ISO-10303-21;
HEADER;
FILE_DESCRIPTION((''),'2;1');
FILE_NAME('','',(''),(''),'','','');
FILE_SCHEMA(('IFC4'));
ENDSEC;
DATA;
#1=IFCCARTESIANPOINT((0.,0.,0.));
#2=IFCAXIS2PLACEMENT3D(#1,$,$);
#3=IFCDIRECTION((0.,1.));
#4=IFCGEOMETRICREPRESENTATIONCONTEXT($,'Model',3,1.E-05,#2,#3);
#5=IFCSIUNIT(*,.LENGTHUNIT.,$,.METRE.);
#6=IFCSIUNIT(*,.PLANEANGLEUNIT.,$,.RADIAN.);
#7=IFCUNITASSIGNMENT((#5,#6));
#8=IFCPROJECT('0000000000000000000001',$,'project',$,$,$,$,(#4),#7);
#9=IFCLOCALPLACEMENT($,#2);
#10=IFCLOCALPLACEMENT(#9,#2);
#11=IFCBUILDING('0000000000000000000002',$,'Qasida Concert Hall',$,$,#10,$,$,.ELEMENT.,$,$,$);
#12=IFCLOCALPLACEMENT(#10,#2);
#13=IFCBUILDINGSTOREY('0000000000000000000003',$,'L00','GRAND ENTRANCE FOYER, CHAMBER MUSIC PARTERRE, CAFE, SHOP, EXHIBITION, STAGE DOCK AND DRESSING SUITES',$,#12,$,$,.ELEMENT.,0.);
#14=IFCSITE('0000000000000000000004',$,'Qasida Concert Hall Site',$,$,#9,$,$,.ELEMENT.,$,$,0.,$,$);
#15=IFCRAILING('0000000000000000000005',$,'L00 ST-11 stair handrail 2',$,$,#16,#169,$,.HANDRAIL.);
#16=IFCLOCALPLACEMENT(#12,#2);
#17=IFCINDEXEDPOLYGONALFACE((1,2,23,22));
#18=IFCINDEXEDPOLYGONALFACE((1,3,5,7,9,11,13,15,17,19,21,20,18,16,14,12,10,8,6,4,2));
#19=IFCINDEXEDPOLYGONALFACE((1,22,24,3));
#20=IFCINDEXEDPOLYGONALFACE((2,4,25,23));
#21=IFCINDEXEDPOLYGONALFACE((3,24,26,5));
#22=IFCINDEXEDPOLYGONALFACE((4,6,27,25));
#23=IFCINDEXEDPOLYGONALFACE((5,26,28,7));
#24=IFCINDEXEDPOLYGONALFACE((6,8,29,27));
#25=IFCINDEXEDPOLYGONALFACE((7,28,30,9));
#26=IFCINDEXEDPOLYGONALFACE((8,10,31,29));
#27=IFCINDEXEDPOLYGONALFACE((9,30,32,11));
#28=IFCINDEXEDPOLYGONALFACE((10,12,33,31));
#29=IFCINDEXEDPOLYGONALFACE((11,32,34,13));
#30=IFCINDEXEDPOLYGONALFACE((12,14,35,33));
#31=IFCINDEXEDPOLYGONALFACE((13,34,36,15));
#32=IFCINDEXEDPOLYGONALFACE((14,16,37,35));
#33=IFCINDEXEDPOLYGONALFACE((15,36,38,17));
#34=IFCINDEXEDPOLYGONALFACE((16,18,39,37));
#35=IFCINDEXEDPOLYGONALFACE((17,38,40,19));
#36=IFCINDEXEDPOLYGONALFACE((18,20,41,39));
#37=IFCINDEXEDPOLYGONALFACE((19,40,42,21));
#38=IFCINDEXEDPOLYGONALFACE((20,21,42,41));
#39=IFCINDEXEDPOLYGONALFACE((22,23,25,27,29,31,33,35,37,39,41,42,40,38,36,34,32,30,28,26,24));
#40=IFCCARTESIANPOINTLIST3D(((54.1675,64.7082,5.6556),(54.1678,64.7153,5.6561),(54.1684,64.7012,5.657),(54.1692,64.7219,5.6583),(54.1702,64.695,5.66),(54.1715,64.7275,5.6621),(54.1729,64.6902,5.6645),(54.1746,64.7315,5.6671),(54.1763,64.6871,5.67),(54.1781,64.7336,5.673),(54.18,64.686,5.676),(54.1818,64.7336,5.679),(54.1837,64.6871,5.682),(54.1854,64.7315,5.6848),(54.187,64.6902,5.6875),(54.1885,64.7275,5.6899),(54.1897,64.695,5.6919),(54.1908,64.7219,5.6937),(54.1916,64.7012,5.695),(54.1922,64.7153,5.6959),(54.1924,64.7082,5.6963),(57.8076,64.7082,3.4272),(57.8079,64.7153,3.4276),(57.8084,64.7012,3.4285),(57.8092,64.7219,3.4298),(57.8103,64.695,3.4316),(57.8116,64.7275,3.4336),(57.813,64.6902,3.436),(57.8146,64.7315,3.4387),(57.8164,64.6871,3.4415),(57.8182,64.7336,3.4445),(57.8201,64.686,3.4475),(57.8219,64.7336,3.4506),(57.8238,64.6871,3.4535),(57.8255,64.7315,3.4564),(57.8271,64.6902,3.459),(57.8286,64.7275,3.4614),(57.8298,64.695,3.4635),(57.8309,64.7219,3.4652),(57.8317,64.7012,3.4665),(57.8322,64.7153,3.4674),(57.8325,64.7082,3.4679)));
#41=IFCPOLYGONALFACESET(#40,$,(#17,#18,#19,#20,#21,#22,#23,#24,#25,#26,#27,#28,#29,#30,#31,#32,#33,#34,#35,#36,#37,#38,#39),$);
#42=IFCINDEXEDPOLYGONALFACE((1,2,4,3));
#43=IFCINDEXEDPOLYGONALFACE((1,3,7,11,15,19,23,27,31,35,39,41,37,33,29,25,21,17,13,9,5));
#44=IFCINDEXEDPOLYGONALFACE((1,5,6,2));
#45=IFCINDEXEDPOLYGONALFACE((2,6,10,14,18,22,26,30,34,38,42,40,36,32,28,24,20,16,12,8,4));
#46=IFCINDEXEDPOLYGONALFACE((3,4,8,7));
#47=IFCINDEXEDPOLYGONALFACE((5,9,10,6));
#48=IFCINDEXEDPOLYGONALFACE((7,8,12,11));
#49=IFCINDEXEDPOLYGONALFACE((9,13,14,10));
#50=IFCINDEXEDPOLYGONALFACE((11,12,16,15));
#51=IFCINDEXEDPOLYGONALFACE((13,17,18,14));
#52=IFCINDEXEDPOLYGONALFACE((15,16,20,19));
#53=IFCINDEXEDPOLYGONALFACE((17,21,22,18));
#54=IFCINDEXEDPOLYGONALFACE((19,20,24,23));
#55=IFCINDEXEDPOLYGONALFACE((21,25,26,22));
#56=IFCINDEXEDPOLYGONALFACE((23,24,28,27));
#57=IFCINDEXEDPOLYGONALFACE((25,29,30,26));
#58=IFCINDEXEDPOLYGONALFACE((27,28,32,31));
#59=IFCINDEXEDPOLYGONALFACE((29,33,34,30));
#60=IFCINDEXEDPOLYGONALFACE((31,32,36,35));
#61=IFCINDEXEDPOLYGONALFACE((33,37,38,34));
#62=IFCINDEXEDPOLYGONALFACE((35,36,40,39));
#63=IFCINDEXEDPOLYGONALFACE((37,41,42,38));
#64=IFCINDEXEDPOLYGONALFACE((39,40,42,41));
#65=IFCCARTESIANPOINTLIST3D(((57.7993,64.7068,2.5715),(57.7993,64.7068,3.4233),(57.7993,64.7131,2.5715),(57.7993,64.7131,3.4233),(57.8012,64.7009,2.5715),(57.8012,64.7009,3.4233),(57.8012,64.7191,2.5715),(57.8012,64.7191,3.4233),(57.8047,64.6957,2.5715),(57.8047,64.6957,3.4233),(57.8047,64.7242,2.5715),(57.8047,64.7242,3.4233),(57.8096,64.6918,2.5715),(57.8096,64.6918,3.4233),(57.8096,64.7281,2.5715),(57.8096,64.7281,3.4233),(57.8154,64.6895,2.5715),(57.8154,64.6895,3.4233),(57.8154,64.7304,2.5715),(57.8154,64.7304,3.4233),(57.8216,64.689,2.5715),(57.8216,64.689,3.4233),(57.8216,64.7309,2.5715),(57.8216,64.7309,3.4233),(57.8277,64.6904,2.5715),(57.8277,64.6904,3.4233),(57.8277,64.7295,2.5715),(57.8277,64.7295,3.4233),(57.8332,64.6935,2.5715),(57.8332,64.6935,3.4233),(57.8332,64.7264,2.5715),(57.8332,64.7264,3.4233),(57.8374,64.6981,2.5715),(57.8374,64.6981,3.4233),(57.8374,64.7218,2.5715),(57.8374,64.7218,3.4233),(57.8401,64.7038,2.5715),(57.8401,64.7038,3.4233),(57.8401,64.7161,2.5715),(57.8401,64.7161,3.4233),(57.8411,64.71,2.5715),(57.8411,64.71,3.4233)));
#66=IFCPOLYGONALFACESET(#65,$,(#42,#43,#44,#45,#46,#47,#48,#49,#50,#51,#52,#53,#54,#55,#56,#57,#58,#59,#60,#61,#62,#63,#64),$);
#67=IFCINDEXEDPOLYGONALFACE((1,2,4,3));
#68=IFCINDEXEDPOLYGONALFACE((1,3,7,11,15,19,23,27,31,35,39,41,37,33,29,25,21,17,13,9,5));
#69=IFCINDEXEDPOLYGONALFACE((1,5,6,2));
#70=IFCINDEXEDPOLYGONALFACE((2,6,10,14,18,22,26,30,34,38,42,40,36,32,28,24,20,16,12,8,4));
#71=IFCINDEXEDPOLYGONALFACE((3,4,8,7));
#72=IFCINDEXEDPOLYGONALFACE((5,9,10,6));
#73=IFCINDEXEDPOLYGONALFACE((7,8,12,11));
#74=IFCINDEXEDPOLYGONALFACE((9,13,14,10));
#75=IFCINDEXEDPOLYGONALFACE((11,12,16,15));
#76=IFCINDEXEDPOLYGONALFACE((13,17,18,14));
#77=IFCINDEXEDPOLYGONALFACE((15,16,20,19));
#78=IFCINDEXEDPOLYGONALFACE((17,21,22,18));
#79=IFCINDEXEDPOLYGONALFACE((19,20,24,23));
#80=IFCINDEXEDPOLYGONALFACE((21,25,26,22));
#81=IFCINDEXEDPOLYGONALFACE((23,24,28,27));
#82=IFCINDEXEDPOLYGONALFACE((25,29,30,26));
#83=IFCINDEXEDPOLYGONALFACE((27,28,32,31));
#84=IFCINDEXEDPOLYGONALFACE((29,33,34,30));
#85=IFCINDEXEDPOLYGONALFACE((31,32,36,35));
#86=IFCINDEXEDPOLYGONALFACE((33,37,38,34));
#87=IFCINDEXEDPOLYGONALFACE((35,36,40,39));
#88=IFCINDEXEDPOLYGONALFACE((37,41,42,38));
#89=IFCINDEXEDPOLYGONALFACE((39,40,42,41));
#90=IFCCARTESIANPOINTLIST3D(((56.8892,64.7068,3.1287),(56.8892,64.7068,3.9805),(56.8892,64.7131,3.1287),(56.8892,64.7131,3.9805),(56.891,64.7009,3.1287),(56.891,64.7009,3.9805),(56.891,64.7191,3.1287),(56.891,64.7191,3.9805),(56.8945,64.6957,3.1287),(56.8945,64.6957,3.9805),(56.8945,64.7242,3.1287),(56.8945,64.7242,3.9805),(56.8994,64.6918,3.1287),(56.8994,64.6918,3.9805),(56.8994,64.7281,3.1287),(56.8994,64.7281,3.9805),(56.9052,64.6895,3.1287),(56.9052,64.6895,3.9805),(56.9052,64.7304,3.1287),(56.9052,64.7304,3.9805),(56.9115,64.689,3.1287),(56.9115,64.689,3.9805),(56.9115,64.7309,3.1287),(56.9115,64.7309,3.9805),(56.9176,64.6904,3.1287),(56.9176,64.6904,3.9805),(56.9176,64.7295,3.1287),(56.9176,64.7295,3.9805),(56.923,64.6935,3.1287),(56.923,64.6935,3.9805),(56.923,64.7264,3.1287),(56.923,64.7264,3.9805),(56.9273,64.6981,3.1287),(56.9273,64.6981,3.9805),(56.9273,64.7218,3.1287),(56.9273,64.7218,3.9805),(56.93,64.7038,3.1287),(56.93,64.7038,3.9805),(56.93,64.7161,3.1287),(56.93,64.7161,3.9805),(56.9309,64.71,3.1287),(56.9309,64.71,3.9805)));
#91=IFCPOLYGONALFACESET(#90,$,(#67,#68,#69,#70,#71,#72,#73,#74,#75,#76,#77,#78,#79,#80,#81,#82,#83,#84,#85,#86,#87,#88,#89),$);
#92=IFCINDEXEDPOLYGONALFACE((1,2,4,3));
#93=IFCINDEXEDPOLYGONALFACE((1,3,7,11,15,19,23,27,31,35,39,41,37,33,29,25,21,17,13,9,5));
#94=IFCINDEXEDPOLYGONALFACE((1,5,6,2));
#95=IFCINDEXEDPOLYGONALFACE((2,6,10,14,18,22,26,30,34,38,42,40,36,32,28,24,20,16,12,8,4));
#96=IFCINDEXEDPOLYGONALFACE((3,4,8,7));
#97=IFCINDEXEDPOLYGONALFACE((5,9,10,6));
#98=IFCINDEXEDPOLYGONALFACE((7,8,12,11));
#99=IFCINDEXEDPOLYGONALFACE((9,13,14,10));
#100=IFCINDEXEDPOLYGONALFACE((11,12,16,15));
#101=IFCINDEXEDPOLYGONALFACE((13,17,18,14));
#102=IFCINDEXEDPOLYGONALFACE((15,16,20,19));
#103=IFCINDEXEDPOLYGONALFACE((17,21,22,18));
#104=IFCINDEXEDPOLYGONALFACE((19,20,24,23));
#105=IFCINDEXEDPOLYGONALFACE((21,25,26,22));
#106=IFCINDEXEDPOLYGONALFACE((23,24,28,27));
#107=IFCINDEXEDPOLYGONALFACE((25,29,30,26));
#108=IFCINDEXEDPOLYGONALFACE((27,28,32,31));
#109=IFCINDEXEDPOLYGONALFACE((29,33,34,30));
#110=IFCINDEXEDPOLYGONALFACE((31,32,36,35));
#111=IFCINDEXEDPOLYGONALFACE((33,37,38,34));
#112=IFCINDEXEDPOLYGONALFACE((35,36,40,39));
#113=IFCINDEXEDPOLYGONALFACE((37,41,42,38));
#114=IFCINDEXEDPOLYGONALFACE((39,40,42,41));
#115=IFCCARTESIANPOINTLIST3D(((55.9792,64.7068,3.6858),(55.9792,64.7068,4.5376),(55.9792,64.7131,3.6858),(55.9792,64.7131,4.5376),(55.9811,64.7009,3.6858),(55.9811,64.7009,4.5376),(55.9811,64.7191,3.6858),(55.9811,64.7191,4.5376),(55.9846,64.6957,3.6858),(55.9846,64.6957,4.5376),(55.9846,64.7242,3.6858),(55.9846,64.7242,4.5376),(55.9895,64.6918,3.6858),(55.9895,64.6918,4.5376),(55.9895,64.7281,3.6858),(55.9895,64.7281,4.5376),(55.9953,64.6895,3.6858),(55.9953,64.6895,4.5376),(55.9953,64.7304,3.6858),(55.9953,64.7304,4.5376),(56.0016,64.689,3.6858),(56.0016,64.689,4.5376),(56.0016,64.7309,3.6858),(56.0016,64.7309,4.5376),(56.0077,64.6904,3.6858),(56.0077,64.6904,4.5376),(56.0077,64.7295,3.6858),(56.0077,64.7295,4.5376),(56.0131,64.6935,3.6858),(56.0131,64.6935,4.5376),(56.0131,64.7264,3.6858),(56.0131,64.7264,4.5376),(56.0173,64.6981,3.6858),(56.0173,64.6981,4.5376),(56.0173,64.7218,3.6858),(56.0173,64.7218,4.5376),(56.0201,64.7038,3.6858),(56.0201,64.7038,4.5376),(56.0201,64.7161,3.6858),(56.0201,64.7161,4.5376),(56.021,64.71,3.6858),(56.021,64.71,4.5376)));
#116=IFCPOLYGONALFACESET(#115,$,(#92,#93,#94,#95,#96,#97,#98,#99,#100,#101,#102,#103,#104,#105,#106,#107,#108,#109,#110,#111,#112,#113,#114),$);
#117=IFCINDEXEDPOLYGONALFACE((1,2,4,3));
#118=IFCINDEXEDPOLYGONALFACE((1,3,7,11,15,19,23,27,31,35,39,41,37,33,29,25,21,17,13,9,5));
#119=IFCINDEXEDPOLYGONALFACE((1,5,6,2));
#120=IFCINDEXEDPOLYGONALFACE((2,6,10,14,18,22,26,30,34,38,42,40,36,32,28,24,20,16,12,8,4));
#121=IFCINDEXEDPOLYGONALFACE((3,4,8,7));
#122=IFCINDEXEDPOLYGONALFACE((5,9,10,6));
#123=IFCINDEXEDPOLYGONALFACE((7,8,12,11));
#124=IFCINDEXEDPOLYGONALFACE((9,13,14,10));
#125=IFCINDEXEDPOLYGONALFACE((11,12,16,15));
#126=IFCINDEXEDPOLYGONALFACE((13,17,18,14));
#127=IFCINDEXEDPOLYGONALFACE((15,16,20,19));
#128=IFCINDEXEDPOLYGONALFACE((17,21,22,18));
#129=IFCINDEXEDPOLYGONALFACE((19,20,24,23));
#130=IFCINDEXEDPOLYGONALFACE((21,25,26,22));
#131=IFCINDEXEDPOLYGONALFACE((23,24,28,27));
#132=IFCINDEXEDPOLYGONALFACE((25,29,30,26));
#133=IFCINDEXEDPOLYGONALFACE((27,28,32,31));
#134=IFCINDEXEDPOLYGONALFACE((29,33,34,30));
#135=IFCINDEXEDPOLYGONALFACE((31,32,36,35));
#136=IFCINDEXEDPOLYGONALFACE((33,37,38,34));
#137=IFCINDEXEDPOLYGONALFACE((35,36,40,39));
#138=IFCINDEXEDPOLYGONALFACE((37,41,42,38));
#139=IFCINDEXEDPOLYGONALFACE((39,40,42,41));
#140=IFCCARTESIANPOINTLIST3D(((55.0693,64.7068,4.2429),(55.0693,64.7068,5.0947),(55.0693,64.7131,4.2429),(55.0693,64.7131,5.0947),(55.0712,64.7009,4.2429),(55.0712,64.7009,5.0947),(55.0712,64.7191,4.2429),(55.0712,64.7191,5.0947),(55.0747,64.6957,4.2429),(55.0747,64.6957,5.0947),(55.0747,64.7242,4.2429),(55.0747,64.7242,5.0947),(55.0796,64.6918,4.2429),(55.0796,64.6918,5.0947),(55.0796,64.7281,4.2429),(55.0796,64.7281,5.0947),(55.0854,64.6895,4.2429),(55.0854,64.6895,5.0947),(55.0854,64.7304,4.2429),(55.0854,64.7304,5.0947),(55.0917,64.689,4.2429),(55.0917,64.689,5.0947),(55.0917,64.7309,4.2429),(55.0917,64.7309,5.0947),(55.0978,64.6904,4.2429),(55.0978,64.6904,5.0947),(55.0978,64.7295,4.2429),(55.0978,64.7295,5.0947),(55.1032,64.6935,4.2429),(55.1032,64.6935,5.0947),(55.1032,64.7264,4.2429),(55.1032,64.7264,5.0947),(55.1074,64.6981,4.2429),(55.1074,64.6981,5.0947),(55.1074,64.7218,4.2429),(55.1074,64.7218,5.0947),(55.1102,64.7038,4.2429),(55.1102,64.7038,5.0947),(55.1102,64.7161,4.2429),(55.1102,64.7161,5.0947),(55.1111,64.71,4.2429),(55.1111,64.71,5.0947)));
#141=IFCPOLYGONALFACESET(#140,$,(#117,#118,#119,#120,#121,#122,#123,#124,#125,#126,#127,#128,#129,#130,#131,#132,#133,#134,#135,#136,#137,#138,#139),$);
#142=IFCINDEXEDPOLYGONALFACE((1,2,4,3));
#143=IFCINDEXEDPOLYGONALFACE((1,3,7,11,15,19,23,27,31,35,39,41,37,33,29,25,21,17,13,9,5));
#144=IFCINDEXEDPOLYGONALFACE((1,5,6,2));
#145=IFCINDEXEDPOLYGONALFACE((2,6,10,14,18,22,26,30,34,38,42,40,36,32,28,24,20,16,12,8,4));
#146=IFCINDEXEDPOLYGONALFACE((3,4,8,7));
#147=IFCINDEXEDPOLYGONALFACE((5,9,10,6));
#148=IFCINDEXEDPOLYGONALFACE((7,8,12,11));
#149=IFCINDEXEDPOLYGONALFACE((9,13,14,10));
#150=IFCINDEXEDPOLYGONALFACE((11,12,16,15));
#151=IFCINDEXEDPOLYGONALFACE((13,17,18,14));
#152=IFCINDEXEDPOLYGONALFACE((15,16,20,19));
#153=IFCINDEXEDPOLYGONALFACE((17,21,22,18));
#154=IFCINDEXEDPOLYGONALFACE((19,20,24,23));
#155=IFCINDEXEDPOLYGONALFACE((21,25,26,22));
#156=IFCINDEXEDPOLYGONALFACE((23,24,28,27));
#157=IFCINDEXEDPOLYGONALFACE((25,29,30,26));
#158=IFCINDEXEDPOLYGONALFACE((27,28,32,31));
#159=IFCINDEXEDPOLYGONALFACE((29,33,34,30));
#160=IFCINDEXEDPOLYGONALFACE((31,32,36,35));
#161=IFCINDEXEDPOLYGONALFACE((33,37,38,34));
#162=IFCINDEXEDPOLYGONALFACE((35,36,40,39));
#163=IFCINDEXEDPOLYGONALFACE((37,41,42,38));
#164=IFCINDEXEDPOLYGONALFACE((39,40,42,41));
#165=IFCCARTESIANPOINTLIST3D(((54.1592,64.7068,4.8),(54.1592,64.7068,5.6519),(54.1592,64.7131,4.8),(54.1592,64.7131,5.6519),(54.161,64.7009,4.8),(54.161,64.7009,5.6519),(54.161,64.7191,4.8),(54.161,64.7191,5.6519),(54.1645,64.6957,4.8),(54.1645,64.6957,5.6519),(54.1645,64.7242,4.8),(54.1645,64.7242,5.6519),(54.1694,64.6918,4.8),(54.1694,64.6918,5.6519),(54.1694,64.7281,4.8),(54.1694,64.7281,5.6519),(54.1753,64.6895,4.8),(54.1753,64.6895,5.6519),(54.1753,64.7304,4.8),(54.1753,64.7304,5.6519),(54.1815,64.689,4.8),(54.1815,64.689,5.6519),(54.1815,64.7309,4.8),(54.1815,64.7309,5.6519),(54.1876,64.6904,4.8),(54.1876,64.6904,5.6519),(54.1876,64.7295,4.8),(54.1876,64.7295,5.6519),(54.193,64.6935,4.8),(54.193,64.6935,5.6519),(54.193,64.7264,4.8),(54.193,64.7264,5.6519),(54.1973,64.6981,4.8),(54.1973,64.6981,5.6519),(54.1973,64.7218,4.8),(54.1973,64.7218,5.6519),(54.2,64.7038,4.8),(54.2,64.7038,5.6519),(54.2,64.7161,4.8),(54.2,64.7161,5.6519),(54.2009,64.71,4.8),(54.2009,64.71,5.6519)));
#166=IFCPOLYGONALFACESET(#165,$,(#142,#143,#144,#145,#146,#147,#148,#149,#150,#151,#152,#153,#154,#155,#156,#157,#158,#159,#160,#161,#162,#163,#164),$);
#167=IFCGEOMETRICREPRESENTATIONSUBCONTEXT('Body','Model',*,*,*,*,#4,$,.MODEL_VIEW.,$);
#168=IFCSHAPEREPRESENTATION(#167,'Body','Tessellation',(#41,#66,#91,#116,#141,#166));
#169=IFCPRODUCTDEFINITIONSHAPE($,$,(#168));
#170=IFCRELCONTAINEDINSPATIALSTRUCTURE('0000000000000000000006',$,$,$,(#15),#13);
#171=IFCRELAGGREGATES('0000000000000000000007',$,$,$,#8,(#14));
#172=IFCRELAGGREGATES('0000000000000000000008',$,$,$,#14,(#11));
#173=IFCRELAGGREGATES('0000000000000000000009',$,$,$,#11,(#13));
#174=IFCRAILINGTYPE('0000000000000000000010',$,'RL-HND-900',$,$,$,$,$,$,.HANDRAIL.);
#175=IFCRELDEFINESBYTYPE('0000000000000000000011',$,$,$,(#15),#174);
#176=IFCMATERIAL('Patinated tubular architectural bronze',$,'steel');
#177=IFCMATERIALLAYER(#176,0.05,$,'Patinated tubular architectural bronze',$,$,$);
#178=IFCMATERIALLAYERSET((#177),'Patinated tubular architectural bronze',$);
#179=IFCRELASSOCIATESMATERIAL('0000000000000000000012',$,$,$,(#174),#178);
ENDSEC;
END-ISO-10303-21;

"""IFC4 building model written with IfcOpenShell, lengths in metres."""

from ifc_helpers import new_model, si_unit, direction, frame, origin, origin_2d, place, context, subcontext, project, spatial, circle, extrude, material, layer, layer_set, type_object, element, save


model = new_model("IFC4")

# Units and contexts
model_context = context("Model", 3, precision=1e-05, world=origin(), true_north=direction((0.0, 1.0)))
body_context = subcontext(model_context, "Body", "Model", "MODEL_VIEW")
ifc_project = project(units=[si_unit("LENGTHUNIT", "METRE"), si_unit("PLANEANGLEUNIT", "RADIAN")], contexts=[model_context])

# Site, building, storey
site_placement = place(None, origin())
site = spatial("IfcSite", under=ifc_project, at=site_placement, Name="Qasida Concert Hall Site", CompositionType="ELEMENT", RefElevation=0.0)
building_placement = place(site_placement, origin())
building = spatial("IfcBuilding", under=site, at=building_placement, Name="Qasida Concert Hall", CompositionType="ELEMENT")
storey_placement = place(building_placement, origin())
storey = spatial("IfcBuildingStorey", under=building, at=storey_placement, Name="L00", Description="GRAND ENTRANCE FOYER, CHAMBER MUSIC PARTERRE, CAFE, SHOP, EXHIBITION, STAGE DOCK AND DRESSING SUITES", CompositionType="ELEMENT", Elevation=0.0)

# Railing
ifc_material_1 = material(Name="Patinated tubular architectural bronze", Category="steel")
ifc_layer_1 = layer(ifc_material_1, 0.05, Name="Patinated tubular architectural bronze")
ifc_layer_set_1 = layer_set([ifc_layer_1], Name="Patinated tubular architectural bronze")
railing_type_1 = type_object("IfcRailingType", Name="RL-HND-900", PredefinedType="HANDRAIL", material=ifc_layer_set_1)
railing_1_placement = place(storey_placement, frame((57.8201, 64.71, 2.5715)))
element("IfcRailing", 1, at=railing_1_placement, inside=storey, type_object=railing_type_1, Name="L00 ST-11 stair handrail 2", PredefinedType="HANDRAIL", context=body_context, shape_type="SweptSolid", body=[
    extrude(circle(Radius=0.0239, at=origin_2d()), frame((0.0, 0.0, 0.876), z_axis=(-0.852866, 0.0, 0.52213), x_axis=(0.0, -1.0, 0.0)), (0.0, 0.0, 1.0), 4.2681),
    extrude(circle(Radius=0.021, at=origin_2d()), origin(), (0.0, 0.0, 1.0), 0.8518),
    extrude(circle(Radius=0.021, at=origin_2d()), frame((-0.9102, 0.0, 0.5571)), (0.0, 0.0, 1.0), 0.8518),
    extrude(circle(Radius=0.021, at=origin_2d()), frame((-1.8201, 0.0, 1.1143)), (0.0, 0.0, 1.0), 0.8518),
    extrude(circle(Radius=0.021, at=origin_2d()), frame((-2.73, 0.0, 1.6714)), (0.0, 0.0, 1.0), 0.8518),
    extrude(circle(Radius=0.021, at=origin_2d()), frame((-3.6401, 0.0, 2.2285)), (0.0, 0.0, 1.0), 0.8518),
])

save(model, "model.ifc")
